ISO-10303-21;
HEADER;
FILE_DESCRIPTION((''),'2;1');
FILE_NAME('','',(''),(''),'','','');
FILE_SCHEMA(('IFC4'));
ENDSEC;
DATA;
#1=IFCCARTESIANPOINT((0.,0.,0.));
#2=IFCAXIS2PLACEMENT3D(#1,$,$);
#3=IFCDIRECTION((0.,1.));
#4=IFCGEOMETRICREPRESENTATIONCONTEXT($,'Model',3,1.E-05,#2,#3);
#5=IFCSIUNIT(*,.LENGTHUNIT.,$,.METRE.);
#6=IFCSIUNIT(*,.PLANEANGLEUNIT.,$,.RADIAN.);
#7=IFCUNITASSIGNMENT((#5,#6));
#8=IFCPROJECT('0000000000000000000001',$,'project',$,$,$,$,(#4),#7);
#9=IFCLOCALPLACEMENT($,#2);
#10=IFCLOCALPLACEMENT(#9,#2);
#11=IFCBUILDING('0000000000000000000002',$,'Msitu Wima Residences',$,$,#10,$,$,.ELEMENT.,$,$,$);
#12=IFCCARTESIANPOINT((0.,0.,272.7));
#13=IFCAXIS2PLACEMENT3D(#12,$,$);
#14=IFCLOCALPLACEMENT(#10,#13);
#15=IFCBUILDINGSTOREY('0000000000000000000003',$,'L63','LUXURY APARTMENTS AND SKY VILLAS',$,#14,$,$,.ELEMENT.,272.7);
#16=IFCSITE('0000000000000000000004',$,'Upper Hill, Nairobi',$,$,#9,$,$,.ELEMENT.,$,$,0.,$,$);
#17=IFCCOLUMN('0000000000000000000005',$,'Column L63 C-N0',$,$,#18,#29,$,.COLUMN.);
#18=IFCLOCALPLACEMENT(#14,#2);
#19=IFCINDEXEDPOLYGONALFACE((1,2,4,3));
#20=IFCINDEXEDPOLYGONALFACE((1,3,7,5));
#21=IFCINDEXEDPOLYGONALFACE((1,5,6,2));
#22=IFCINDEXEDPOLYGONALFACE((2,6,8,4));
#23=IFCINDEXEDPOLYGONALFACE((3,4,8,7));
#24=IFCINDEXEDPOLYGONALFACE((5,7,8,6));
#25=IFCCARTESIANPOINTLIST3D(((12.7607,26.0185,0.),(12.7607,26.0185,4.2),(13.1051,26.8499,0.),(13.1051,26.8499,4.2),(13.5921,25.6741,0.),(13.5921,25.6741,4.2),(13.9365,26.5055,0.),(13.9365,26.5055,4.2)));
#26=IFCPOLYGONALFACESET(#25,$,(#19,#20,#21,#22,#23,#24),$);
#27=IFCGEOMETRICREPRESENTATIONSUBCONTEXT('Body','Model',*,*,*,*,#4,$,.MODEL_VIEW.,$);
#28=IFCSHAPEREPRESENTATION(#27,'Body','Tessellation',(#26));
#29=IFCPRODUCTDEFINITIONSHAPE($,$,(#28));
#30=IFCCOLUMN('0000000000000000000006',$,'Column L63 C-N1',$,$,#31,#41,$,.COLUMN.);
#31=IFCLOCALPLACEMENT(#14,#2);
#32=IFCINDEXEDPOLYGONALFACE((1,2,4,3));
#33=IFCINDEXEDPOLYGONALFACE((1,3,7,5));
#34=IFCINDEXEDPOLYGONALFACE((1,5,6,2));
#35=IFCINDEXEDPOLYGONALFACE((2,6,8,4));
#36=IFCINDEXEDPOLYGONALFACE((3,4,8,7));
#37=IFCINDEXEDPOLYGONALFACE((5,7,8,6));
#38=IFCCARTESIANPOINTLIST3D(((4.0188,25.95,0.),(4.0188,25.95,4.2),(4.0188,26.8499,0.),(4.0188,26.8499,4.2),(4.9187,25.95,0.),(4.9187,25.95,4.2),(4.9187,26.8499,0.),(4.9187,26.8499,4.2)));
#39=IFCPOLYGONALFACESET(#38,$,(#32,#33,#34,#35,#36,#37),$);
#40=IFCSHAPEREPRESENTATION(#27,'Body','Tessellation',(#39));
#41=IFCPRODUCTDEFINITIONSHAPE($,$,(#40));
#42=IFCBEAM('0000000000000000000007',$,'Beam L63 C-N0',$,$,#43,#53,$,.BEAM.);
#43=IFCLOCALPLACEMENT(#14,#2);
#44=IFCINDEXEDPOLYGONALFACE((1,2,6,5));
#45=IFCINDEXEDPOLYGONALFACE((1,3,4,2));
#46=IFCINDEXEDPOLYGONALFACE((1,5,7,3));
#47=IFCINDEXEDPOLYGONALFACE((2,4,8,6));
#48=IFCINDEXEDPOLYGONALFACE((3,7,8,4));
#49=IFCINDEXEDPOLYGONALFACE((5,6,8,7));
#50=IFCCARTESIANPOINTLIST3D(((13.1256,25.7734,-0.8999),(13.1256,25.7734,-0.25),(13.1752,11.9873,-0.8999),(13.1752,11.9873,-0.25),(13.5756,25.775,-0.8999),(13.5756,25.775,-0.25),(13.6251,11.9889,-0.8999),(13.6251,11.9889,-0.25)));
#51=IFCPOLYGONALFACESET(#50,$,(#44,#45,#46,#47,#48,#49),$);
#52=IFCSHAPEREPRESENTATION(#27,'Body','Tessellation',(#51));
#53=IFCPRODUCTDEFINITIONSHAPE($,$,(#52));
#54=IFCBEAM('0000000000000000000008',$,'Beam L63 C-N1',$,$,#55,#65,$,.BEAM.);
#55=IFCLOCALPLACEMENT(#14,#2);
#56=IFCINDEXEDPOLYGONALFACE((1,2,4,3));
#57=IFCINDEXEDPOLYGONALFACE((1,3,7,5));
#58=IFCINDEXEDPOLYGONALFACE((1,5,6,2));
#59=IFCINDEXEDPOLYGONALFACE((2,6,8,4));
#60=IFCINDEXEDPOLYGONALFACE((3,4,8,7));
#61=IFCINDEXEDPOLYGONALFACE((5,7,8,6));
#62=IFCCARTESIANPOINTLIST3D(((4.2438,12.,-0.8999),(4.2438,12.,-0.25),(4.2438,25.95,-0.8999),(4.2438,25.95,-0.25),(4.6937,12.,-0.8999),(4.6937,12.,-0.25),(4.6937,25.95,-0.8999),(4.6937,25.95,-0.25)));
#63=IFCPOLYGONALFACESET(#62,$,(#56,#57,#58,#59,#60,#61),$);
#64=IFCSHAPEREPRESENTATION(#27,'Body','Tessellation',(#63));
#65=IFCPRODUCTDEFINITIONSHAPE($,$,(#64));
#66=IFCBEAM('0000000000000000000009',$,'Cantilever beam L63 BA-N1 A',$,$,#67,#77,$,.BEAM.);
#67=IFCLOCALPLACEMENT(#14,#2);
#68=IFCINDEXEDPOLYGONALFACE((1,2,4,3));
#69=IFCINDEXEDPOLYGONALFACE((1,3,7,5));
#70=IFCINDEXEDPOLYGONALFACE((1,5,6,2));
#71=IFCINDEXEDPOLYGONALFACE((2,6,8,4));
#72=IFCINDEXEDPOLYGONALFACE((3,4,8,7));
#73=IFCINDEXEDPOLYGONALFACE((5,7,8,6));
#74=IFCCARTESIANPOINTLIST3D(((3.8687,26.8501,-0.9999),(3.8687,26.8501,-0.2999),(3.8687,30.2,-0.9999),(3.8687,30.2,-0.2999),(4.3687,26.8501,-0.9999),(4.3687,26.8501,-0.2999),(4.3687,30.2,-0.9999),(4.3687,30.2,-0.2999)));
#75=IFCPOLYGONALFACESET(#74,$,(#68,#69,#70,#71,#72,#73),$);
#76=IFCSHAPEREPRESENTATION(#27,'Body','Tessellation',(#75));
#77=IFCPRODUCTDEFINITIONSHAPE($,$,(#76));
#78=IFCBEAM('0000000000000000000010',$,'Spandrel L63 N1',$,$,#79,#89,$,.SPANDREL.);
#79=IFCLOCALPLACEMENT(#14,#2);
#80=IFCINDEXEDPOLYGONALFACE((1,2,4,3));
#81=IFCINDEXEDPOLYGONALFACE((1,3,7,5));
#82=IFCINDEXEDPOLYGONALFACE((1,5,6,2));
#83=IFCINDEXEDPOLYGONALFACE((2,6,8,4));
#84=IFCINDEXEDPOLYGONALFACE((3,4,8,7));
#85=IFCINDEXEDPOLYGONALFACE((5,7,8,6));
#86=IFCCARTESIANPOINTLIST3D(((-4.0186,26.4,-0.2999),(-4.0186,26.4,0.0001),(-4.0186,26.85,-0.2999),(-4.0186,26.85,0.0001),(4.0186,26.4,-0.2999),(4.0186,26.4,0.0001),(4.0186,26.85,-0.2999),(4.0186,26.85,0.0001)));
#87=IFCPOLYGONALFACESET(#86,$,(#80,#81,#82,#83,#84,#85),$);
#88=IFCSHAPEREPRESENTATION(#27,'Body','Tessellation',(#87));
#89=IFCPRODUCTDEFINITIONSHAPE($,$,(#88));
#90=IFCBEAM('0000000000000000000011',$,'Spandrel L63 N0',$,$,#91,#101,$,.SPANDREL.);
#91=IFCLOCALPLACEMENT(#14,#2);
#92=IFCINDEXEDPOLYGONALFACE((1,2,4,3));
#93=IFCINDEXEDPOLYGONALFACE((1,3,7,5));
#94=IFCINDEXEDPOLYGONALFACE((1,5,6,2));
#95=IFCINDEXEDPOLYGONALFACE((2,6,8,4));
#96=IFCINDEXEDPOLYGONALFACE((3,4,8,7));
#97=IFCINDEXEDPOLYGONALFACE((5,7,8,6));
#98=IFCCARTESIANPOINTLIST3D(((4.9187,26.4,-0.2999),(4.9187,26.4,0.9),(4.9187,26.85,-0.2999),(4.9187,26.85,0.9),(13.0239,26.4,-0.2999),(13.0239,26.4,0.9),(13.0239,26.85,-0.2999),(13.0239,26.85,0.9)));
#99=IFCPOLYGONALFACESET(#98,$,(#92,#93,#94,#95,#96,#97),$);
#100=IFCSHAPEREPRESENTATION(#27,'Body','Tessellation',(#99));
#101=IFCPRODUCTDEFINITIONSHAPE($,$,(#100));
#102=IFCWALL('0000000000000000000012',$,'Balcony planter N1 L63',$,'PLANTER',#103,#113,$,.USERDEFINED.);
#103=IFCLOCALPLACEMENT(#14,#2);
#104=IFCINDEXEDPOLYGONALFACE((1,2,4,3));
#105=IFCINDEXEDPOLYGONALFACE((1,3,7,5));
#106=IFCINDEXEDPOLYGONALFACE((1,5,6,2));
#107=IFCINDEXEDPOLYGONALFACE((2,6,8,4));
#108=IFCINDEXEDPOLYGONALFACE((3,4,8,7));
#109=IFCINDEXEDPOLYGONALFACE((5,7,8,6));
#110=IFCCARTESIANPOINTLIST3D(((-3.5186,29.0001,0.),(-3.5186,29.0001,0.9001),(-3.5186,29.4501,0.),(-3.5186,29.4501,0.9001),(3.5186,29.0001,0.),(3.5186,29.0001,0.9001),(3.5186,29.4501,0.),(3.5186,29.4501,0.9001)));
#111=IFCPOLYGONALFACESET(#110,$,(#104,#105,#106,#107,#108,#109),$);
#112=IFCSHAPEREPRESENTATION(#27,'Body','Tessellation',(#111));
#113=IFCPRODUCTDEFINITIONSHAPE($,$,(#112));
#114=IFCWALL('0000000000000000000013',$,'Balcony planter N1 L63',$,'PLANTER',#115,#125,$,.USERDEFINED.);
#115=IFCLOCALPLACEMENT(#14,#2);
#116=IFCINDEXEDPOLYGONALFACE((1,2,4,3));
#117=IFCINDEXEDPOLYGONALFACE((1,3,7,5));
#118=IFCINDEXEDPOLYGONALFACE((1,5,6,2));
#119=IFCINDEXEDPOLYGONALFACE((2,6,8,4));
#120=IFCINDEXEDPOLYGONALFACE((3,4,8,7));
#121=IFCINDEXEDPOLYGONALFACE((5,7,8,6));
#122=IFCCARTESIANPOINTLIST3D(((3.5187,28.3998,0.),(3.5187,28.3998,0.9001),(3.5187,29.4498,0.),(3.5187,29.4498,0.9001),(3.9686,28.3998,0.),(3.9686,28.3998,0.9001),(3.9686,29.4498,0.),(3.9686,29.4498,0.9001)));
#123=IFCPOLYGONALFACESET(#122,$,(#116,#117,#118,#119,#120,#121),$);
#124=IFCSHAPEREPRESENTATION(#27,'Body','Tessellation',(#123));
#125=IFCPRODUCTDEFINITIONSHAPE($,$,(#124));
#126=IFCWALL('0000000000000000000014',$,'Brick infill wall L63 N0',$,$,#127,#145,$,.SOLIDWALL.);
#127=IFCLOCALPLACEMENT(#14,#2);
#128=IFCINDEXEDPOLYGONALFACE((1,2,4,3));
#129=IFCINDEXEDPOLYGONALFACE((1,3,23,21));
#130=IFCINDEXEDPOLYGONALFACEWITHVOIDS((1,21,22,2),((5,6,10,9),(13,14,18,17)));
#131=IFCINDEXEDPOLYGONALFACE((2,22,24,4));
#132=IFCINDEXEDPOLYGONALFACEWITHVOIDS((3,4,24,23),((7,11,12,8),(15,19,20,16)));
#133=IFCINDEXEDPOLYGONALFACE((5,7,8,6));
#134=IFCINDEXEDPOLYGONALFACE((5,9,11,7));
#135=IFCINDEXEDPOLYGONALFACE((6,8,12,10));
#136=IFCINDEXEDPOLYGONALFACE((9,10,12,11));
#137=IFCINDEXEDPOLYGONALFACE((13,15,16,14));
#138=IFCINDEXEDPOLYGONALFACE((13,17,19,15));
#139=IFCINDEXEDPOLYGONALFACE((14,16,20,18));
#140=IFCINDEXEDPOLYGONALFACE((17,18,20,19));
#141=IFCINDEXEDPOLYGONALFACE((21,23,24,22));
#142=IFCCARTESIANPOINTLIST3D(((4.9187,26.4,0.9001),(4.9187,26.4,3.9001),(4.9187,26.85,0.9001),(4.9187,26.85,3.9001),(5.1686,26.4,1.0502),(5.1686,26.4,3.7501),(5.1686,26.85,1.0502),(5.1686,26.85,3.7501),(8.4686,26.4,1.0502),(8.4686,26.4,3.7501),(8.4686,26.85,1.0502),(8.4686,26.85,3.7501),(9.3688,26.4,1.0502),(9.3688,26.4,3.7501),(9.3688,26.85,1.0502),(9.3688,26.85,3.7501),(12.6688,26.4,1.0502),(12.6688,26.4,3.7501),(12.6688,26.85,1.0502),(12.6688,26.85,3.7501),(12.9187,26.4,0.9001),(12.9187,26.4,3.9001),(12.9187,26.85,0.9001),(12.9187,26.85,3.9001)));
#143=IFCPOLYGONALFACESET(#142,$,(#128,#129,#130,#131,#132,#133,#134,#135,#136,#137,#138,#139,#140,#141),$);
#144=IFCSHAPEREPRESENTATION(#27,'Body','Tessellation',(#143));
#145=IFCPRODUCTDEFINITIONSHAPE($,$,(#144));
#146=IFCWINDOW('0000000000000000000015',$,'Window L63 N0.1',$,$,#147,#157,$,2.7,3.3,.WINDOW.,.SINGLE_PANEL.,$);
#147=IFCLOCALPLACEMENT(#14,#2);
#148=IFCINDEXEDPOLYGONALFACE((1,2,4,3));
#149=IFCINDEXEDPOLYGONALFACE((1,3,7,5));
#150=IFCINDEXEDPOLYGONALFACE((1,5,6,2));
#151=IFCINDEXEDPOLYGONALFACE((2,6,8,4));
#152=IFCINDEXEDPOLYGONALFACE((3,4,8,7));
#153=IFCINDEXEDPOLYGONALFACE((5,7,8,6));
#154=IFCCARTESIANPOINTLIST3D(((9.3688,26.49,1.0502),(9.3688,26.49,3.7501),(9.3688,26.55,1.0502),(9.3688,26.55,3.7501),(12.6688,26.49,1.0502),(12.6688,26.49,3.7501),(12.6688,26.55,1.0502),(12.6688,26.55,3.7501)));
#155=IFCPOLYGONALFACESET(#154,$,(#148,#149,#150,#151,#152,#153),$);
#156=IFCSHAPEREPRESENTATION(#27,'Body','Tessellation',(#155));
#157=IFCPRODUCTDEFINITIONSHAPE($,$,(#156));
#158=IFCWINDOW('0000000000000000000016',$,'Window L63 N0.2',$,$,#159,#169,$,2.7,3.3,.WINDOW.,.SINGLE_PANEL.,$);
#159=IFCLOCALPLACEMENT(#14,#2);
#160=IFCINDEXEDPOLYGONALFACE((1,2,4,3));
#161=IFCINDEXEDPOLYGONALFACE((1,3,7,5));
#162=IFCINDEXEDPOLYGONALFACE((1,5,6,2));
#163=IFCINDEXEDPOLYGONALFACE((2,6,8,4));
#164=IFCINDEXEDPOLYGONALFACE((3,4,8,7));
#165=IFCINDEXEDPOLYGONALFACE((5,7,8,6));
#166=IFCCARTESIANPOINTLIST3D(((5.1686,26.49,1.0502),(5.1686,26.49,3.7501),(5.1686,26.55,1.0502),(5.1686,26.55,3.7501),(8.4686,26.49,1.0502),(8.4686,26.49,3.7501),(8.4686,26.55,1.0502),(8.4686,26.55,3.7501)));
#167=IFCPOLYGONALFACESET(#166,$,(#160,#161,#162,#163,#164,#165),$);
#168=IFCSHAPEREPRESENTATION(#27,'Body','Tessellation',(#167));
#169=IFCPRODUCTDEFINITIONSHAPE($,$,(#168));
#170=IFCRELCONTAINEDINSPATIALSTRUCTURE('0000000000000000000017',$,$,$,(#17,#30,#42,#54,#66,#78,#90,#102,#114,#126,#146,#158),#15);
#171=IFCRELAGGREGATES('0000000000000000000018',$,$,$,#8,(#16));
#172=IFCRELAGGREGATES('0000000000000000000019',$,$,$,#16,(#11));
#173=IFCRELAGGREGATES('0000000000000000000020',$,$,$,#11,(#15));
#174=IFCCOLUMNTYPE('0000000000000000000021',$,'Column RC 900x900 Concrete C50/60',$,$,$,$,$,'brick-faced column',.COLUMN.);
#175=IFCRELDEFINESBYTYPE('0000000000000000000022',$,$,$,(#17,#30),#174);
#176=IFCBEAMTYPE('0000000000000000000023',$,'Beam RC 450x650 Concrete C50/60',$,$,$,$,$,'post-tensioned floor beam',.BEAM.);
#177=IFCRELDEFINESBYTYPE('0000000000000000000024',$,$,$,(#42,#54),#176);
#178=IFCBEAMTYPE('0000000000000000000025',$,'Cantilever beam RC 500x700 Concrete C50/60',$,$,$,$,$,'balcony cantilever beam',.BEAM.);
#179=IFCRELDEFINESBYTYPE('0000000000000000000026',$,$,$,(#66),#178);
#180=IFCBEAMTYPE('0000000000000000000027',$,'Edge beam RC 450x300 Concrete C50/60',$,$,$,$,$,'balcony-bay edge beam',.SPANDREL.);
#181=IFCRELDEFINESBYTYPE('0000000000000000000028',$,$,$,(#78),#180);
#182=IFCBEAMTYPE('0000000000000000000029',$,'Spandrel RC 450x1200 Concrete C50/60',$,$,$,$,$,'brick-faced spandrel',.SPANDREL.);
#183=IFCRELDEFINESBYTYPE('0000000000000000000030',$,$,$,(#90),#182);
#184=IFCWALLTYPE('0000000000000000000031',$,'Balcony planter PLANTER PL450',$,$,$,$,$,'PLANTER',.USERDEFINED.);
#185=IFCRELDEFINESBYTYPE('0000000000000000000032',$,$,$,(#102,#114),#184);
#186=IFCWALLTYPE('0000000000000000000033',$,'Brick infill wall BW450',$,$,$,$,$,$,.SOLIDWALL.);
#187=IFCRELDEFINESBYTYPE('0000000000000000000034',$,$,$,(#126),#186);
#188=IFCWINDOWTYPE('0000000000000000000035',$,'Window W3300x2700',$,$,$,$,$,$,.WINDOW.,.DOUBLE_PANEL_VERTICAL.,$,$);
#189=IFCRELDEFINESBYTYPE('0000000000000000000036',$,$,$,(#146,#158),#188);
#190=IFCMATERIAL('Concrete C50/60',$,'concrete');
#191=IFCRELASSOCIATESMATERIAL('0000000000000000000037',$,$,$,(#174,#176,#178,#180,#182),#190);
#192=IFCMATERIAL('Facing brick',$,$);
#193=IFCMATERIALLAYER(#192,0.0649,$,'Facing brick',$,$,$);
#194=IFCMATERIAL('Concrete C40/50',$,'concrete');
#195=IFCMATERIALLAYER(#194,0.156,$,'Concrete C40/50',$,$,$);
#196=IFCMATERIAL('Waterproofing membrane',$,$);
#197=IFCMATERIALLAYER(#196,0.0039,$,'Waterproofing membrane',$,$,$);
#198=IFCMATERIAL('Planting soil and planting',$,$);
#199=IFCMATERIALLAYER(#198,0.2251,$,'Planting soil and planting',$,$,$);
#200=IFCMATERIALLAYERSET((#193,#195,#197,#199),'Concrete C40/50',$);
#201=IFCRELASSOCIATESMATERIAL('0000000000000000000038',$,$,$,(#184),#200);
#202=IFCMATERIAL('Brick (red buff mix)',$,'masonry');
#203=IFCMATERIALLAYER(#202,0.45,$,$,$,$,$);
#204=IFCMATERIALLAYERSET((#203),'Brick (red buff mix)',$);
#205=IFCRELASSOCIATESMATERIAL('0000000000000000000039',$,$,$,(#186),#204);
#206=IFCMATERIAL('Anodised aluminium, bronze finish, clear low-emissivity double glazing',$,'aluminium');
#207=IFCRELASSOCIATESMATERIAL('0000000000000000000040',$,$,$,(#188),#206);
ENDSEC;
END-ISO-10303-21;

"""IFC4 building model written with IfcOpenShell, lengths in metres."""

from ifc_helpers import new_model, si_unit, direction, frame, frame_2d, origin, origin_2d, place, context, subcontext, project, spatial, rectangle, extrude, material, layer, layer_set, material_profile, profile_set, type_object, element, fill, save


model = new_model("IFC4")

# Units and contexts
model_context = context("Model", 3, precision=1e-05, world=origin(), true_north=direction((0.0, 1.0)))
body_context = subcontext(model_context, "Body", "Model", "MODEL_VIEW")
ifc_project = project(units=[si_unit("LENGTHUNIT", "METRE"), si_unit("PLANEANGLEUNIT", "RADIAN")], contexts=[model_context])

# Site, building, storey
site_placement = place(None, origin())
site = spatial("IfcSite", under=ifc_project, at=site_placement, Name="Upper Hill, Nairobi", CompositionType="ELEMENT", RefElevation=0.0)
building_placement = place(site_placement, origin())
building = spatial("IfcBuilding", under=site, at=building_placement, Name="Msitu Wima Residences", CompositionType="ELEMENT")
storey_placement = place(building_placement, frame((0.0, 0.0, 272.7)))
storey = spatial("IfcBuildingStorey", under=building, at=storey_placement, Name="L63", Description="LUXURY APARTMENTS AND SKY VILLAS", CompositionType="ELEMENT", Elevation=272.7)

# Columns
ifc_material_1 = material(Name="Concrete C50/60", Category="concrete")
ifc_material_profile_1 = material_profile(ifc_material_1, rectangle(XDim=0.8999, YDim=0.8999, at=origin_2d()), Name="RC 900x900")
ifc_profile_set_1 = profile_set([ifc_material_profile_1], Name="Concrete C50/60")
column_type = type_object("IfcColumnType", Name="Column RC 900x900 Concrete C50/60", ElementType="brick-faced column", PredefinedType="COLUMN", material=ifc_profile_set_1)
for number, where, z_axis, x_axis, name in (
    (1, (13.3486, 26.262, 0.0), (0.0, 0.0, 1.0), (-0.92388, 0.382683, 0.0), "Column L63 C-N0"),
    (2, (4.4688, 26.3999, 0.0), (0.0, 0.0, 1.0), (-1.0, 0.0, 0.0), "Column L63 C-N1"),
):
    element("IfcColumn", number, at=place(storey_placement, frame(where, z_axis=z_axis, x_axis=x_axis)), inside=storey, type_object=column_type, Name=name, PredefinedType="COLUMN", context=body_context, shape_type="SweptSolid", body=[
        extrude(rectangle(XDim=0.8999, YDim=0.8999, at=origin_2d()), origin(), (0.0, 0.0, 1.0), 4.2),
    ])

# Beams
ifc_material_profile_2 = material_profile(ifc_material_1, rectangle(XDim=0.45, YDim=0.6499, at=origin_2d()), Name="RC 450x650")
ifc_profile_set_2 = profile_set([ifc_material_profile_2], Name="Concrete C50/60")
beam_type_1 = type_object("IfcBeamType", Name="Beam RC 450x650 Concrete C50/60", ElementType="post-tensioned floor beam", PredefinedType="BEAM", material=ifc_profile_set_2)
beam_1_placement = place(storey_placement, frame((13.3506, 25.7742, -0.575), z_axis=(0.003595, -0.999994, 0.0), x_axis=(0.999994, 0.003595, 0.0)))
element("IfcBeam", 3, at=beam_1_placement, inside=storey, type_object=beam_type_1, Name="Beam L63 C-N0", PredefinedType="BEAM", context=body_context, shape_type="SweptSolid", body=[
    extrude(rectangle(XDim=0.45, YDim=0.6499, at=origin_2d()), origin(), (0.0, 0.0, 1.0), 13.7861),
])
beam_2_placement = place(storey_placement, frame((4.4688, 25.95, -0.575), z_axis=(0.0, -1.0, 0.0), x_axis=(1.0, 0.0, 0.0)))
element("IfcBeam", 4, at=beam_2_placement, inside=storey, type_object=beam_type_1, Name="Beam L63 C-N1", PredefinedType="BEAM", context=body_context, shape_type="SweptSolid", body=[
    extrude(rectangle(XDim=0.45, YDim=0.6499, at=origin_2d()), origin(), (0.0, 0.0, 1.0), 13.95),
])
ifc_material_profile_3 = material_profile(ifc_material_1, rectangle(XDim=0.5, YDim=0.7, at=origin_2d()), Name="RC 500x700")
ifc_profile_set_3 = profile_set([ifc_material_profile_3], Name="Concrete C50/60")
beam_type_2 = type_object("IfcBeamType", Name="Cantilever beam RC 500x700 Concrete C50/60", ElementType="balcony cantilever beam", PredefinedType="BEAM", material=ifc_profile_set_3)
beam_3_placement = place(storey_placement, frame((4.1187, 26.8501, -0.6499), z_axis=(0.0, 1.0, 0.0), x_axis=(-1.0, 0.0, 0.0)))
element("IfcBeam", 5, at=beam_3_placement, inside=storey, type_object=beam_type_2, Name="Cantilever beam L63 BA-N1 A", PredefinedType="BEAM", context=body_context, shape_type="SweptSolid", body=[
    extrude(rectangle(XDim=0.5, YDim=0.7, at=origin_2d()), origin(), (0.0, 0.0, 1.0), 3.3499),
])
ifc_material_profile_4 = material_profile(ifc_material_1, rectangle(XDim=0.45, YDim=0.3, at=origin_2d()), Name="RC 450x300")
ifc_profile_set_4 = profile_set([ifc_material_profile_4], Name="Concrete C50/60")
beam_type_3 = type_object("IfcBeamType", Name="Edge beam RC 450x300 Concrete C50/60", ElementType="balcony-bay edge beam", PredefinedType="SPANDREL", material=ifc_profile_set_4)
beam_4_placement = place(storey_placement, frame((4.0186, 26.625, -0.1499), z_axis=(-1.0, 0.0, 0.0), x_axis=(0.0, -1.0, 0.0)))
element("IfcBeam", 6, at=beam_4_placement, inside=storey, type_object=beam_type_3, Name="Spandrel L63 N1", PredefinedType="SPANDREL", context=body_context, shape_type="SweptSolid", body=[
    extrude(rectangle(XDim=0.45, YDim=0.3, at=origin_2d()), origin(), (0.0, 0.0, 1.0), 8.0371),
])
ifc_material_profile_5 = material_profile(ifc_material_1, rectangle(XDim=0.45, YDim=1.2, at=origin_2d()), Name="RC 450x1200")
ifc_profile_set_5 = profile_set([ifc_material_profile_5], Name="Concrete C50/60")
beam_type_4 = type_object("IfcBeamType", Name="Spandrel RC 450x1200 Concrete C50/60", ElementType="brick-faced spandrel", PredefinedType="SPANDREL", material=ifc_profile_set_5)
beam_5_placement = place(storey_placement, frame((13.0239, 26.625, 0.3), z_axis=(-1.0, 0.0, 0.0), x_axis=(0.0, -1.0, 0.0)))
element("IfcBeam", 7, at=beam_5_placement, inside=storey, type_object=beam_type_4, Name="Spandrel L63 N0", PredefinedType="SPANDREL", context=body_context, shape_type="SweptSolid", body=[
    extrude(rectangle(XDim=0.45, YDim=1.2, at=origin_2d()), origin(), (0.0, 0.0, 1.0), 8.1052),
])

# Walls
ifc_material_2 = material(Name="Facing brick")
ifc_layer_1 = layer(ifc_material_2, 0.0649, Name="Facing brick")
ifc_material_3 = material(Name="Concrete C40/50", Category="concrete")
ifc_layer_2 = layer(ifc_material_3, 0.156, Name="Concrete C40/50")
ifc_material_4 = material(Name="Waterproofing membrane")
ifc_layer_3 = layer(ifc_material_4, 0.0039, Name="Waterproofing membrane")
ifc_material_5 = material(Name="Planting soil and planting")
ifc_layer_4 = layer(ifc_material_5, 0.2251, Name="Planting soil and planting")
ifc_layer_set_1 = layer_set([ifc_layer_1, ifc_layer_2, ifc_layer_3, ifc_layer_4], Name="Concrete C40/50")
wall_type_1 = type_object("IfcWallType", Name="Balcony planter PLANTER PL450", ElementType="PLANTER", PredefinedType="USERDEFINED", material=ifc_layer_set_1)
wall_1_placement = place(storey_placement, frame((3.5186, 29.2251, 0.0), z_axis=(0.0, 0.0, 1.0), x_axis=(-1.0, 0.0, 0.0)))
element("IfcWall", 8, at=wall_1_placement, inside=storey, type_object=wall_type_1, Name="Balcony planter N1 L63", ObjectType="PLANTER", PredefinedType="USERDEFINED", context=body_context, shape_type="SweptSolid", body=[
    extrude(rectangle(XDim=7.0371, YDim=0.45, at=frame_2d((3.5186, 0.0))), origin(), (0.0, 0.0, 1.0), 0.9001),
])
wall_2_placement = place(storey_placement, frame((3.7437, 28.3999, 0.0), z_axis=(0.0, 0.0, 1.0), x_axis=(0.0, 1.0, 0.0)))
element("IfcWall", 9, at=wall_2_placement, inside=storey, type_object=wall_type_1, Name="Balcony planter N1 L63", ObjectType="PLANTER", PredefinedType="USERDEFINED", context=body_context, shape_type="SweptSolid", body=[
    extrude(rectangle(XDim=1.05, YDim=0.45, at=frame_2d((0.5249, 0.0))), origin(), (0.0, 0.0, 1.0), 0.9001),
])

# Wall, openings, windows
ifc_material_6 = material(Name="Brick (red buff mix)", Category="masonry")
ifc_layer_5 = layer(ifc_material_6, 0.45)
ifc_layer_set_2 = layer_set([ifc_layer_5], Name="Brick (red buff mix)")
wall_type_2 = type_object("IfcWallType", Name="Brick infill wall BW450", PredefinedType="SOLIDWALL", material=ifc_layer_set_2)
wall_3_placement = place(storey_placement, frame((12.9187, 26.625, 0.9001), z_axis=(0.0, 0.0, 1.0), x_axis=(-1.0, 0.0, 0.0)))
wall_3 = element("IfcWall", 10, at=wall_3_placement, inside=storey, type_object=wall_type_2, Name="Brick infill wall L63 N0", PredefinedType="SOLIDWALL", context=body_context, shape_type="SweptSolid", body=[
    extrude(rectangle(XDim=8.0, YDim=0.45, at=frame_2d((4.0, 0.0))), origin(), (0.0, 0.0, 1.0), 3.0),
])
opening_1_placement = place(wall_3_placement, frame((0.25, 0.0, 0.1499)))
opening_1 = element("IfcOpeningElement", 11, at=opening_1_placement, cuts=wall_3, PredefinedType="OPENING", context=body_context, shape_type="SweptSolid", body=[
    extrude(rectangle(XDim=3.3, YDim=2.7, at=frame_2d((1.6499, 1.3501))), frame((0.0, 0.2349, 0.0), z_axis=(0.0, -1.0, 0.0), x_axis=(1.0, 0.0, 0.0)), (0.0, 0.0, 1.0), 0.47),
])
opening_2_placement = place(wall_3_placement, frame((4.4502, 0.0, 0.1499)))
opening_2 = element("IfcOpeningElement", 12, at=opening_2_placement, cuts=wall_3, PredefinedType="OPENING", context=body_context, shape_type="SweptSolid", body=[
    extrude(rectangle(XDim=3.3, YDim=2.7, at=frame_2d((1.6499, 1.3501))), frame((0.0, 0.2349, 0.0), z_axis=(0.0, -1.0, 0.0), x_axis=(1.0, 0.0, 0.0)), (0.0, 0.0, 1.0), 0.47),
])
ifc_material_7 = material(Name="Anodised aluminium, bronze finish, clear low-emissivity double glazing", Category="aluminium")
window_type = type_object("IfcWindowType", Name="Window W3300x2700", PartitioningType="DOUBLE_PANEL_VERTICAL", PredefinedType="WINDOW", material=ifc_material_7)
window_1_placement = place(opening_1_placement, origin())
window_1 = element("IfcWindow", 13, at=window_1_placement, inside=storey, type_object=window_type, Name="Window L63 N0.1", OverallHeight=2.7, OverallWidth=3.3, PartitioningType="SINGLE_PANEL", PredefinedType="WINDOW", context=body_context, shape_type="SweptSolid", body=[
    extrude(rectangle(XDim=3.3, YDim=2.7, at=frame_2d((1.6499, 1.3501))), frame((0.0, 0.135, 0.0), z_axis=(0.0, -1.0, 0.0), x_axis=(1.0, 0.0, 0.0)), (0.0, 0.0, 1.0), 0.0601),
])
fill(opening_1, window_1)
window_2_placement = place(opening_2_placement, origin())
window_2 = element("IfcWindow", 14, at=window_2_placement, inside=storey, type_object=window_type, Name="Window L63 N0.2", OverallHeight=2.7, OverallWidth=3.3, PartitioningType="SINGLE_PANEL", PredefinedType="WINDOW", context=body_context, shape_type="SweptSolid", body=[
    extrude(rectangle(XDim=3.3, YDim=2.7, at=frame_2d((1.6499, 1.3501))), frame((0.0, 0.135, 0.0), z_axis=(0.0, -1.0, 0.0), x_axis=(1.0, 0.0, 0.0)), (0.0, 0.0, 1.0), 0.0601),
])
fill(opening_2, window_2)

save(model, "model.ifc")
